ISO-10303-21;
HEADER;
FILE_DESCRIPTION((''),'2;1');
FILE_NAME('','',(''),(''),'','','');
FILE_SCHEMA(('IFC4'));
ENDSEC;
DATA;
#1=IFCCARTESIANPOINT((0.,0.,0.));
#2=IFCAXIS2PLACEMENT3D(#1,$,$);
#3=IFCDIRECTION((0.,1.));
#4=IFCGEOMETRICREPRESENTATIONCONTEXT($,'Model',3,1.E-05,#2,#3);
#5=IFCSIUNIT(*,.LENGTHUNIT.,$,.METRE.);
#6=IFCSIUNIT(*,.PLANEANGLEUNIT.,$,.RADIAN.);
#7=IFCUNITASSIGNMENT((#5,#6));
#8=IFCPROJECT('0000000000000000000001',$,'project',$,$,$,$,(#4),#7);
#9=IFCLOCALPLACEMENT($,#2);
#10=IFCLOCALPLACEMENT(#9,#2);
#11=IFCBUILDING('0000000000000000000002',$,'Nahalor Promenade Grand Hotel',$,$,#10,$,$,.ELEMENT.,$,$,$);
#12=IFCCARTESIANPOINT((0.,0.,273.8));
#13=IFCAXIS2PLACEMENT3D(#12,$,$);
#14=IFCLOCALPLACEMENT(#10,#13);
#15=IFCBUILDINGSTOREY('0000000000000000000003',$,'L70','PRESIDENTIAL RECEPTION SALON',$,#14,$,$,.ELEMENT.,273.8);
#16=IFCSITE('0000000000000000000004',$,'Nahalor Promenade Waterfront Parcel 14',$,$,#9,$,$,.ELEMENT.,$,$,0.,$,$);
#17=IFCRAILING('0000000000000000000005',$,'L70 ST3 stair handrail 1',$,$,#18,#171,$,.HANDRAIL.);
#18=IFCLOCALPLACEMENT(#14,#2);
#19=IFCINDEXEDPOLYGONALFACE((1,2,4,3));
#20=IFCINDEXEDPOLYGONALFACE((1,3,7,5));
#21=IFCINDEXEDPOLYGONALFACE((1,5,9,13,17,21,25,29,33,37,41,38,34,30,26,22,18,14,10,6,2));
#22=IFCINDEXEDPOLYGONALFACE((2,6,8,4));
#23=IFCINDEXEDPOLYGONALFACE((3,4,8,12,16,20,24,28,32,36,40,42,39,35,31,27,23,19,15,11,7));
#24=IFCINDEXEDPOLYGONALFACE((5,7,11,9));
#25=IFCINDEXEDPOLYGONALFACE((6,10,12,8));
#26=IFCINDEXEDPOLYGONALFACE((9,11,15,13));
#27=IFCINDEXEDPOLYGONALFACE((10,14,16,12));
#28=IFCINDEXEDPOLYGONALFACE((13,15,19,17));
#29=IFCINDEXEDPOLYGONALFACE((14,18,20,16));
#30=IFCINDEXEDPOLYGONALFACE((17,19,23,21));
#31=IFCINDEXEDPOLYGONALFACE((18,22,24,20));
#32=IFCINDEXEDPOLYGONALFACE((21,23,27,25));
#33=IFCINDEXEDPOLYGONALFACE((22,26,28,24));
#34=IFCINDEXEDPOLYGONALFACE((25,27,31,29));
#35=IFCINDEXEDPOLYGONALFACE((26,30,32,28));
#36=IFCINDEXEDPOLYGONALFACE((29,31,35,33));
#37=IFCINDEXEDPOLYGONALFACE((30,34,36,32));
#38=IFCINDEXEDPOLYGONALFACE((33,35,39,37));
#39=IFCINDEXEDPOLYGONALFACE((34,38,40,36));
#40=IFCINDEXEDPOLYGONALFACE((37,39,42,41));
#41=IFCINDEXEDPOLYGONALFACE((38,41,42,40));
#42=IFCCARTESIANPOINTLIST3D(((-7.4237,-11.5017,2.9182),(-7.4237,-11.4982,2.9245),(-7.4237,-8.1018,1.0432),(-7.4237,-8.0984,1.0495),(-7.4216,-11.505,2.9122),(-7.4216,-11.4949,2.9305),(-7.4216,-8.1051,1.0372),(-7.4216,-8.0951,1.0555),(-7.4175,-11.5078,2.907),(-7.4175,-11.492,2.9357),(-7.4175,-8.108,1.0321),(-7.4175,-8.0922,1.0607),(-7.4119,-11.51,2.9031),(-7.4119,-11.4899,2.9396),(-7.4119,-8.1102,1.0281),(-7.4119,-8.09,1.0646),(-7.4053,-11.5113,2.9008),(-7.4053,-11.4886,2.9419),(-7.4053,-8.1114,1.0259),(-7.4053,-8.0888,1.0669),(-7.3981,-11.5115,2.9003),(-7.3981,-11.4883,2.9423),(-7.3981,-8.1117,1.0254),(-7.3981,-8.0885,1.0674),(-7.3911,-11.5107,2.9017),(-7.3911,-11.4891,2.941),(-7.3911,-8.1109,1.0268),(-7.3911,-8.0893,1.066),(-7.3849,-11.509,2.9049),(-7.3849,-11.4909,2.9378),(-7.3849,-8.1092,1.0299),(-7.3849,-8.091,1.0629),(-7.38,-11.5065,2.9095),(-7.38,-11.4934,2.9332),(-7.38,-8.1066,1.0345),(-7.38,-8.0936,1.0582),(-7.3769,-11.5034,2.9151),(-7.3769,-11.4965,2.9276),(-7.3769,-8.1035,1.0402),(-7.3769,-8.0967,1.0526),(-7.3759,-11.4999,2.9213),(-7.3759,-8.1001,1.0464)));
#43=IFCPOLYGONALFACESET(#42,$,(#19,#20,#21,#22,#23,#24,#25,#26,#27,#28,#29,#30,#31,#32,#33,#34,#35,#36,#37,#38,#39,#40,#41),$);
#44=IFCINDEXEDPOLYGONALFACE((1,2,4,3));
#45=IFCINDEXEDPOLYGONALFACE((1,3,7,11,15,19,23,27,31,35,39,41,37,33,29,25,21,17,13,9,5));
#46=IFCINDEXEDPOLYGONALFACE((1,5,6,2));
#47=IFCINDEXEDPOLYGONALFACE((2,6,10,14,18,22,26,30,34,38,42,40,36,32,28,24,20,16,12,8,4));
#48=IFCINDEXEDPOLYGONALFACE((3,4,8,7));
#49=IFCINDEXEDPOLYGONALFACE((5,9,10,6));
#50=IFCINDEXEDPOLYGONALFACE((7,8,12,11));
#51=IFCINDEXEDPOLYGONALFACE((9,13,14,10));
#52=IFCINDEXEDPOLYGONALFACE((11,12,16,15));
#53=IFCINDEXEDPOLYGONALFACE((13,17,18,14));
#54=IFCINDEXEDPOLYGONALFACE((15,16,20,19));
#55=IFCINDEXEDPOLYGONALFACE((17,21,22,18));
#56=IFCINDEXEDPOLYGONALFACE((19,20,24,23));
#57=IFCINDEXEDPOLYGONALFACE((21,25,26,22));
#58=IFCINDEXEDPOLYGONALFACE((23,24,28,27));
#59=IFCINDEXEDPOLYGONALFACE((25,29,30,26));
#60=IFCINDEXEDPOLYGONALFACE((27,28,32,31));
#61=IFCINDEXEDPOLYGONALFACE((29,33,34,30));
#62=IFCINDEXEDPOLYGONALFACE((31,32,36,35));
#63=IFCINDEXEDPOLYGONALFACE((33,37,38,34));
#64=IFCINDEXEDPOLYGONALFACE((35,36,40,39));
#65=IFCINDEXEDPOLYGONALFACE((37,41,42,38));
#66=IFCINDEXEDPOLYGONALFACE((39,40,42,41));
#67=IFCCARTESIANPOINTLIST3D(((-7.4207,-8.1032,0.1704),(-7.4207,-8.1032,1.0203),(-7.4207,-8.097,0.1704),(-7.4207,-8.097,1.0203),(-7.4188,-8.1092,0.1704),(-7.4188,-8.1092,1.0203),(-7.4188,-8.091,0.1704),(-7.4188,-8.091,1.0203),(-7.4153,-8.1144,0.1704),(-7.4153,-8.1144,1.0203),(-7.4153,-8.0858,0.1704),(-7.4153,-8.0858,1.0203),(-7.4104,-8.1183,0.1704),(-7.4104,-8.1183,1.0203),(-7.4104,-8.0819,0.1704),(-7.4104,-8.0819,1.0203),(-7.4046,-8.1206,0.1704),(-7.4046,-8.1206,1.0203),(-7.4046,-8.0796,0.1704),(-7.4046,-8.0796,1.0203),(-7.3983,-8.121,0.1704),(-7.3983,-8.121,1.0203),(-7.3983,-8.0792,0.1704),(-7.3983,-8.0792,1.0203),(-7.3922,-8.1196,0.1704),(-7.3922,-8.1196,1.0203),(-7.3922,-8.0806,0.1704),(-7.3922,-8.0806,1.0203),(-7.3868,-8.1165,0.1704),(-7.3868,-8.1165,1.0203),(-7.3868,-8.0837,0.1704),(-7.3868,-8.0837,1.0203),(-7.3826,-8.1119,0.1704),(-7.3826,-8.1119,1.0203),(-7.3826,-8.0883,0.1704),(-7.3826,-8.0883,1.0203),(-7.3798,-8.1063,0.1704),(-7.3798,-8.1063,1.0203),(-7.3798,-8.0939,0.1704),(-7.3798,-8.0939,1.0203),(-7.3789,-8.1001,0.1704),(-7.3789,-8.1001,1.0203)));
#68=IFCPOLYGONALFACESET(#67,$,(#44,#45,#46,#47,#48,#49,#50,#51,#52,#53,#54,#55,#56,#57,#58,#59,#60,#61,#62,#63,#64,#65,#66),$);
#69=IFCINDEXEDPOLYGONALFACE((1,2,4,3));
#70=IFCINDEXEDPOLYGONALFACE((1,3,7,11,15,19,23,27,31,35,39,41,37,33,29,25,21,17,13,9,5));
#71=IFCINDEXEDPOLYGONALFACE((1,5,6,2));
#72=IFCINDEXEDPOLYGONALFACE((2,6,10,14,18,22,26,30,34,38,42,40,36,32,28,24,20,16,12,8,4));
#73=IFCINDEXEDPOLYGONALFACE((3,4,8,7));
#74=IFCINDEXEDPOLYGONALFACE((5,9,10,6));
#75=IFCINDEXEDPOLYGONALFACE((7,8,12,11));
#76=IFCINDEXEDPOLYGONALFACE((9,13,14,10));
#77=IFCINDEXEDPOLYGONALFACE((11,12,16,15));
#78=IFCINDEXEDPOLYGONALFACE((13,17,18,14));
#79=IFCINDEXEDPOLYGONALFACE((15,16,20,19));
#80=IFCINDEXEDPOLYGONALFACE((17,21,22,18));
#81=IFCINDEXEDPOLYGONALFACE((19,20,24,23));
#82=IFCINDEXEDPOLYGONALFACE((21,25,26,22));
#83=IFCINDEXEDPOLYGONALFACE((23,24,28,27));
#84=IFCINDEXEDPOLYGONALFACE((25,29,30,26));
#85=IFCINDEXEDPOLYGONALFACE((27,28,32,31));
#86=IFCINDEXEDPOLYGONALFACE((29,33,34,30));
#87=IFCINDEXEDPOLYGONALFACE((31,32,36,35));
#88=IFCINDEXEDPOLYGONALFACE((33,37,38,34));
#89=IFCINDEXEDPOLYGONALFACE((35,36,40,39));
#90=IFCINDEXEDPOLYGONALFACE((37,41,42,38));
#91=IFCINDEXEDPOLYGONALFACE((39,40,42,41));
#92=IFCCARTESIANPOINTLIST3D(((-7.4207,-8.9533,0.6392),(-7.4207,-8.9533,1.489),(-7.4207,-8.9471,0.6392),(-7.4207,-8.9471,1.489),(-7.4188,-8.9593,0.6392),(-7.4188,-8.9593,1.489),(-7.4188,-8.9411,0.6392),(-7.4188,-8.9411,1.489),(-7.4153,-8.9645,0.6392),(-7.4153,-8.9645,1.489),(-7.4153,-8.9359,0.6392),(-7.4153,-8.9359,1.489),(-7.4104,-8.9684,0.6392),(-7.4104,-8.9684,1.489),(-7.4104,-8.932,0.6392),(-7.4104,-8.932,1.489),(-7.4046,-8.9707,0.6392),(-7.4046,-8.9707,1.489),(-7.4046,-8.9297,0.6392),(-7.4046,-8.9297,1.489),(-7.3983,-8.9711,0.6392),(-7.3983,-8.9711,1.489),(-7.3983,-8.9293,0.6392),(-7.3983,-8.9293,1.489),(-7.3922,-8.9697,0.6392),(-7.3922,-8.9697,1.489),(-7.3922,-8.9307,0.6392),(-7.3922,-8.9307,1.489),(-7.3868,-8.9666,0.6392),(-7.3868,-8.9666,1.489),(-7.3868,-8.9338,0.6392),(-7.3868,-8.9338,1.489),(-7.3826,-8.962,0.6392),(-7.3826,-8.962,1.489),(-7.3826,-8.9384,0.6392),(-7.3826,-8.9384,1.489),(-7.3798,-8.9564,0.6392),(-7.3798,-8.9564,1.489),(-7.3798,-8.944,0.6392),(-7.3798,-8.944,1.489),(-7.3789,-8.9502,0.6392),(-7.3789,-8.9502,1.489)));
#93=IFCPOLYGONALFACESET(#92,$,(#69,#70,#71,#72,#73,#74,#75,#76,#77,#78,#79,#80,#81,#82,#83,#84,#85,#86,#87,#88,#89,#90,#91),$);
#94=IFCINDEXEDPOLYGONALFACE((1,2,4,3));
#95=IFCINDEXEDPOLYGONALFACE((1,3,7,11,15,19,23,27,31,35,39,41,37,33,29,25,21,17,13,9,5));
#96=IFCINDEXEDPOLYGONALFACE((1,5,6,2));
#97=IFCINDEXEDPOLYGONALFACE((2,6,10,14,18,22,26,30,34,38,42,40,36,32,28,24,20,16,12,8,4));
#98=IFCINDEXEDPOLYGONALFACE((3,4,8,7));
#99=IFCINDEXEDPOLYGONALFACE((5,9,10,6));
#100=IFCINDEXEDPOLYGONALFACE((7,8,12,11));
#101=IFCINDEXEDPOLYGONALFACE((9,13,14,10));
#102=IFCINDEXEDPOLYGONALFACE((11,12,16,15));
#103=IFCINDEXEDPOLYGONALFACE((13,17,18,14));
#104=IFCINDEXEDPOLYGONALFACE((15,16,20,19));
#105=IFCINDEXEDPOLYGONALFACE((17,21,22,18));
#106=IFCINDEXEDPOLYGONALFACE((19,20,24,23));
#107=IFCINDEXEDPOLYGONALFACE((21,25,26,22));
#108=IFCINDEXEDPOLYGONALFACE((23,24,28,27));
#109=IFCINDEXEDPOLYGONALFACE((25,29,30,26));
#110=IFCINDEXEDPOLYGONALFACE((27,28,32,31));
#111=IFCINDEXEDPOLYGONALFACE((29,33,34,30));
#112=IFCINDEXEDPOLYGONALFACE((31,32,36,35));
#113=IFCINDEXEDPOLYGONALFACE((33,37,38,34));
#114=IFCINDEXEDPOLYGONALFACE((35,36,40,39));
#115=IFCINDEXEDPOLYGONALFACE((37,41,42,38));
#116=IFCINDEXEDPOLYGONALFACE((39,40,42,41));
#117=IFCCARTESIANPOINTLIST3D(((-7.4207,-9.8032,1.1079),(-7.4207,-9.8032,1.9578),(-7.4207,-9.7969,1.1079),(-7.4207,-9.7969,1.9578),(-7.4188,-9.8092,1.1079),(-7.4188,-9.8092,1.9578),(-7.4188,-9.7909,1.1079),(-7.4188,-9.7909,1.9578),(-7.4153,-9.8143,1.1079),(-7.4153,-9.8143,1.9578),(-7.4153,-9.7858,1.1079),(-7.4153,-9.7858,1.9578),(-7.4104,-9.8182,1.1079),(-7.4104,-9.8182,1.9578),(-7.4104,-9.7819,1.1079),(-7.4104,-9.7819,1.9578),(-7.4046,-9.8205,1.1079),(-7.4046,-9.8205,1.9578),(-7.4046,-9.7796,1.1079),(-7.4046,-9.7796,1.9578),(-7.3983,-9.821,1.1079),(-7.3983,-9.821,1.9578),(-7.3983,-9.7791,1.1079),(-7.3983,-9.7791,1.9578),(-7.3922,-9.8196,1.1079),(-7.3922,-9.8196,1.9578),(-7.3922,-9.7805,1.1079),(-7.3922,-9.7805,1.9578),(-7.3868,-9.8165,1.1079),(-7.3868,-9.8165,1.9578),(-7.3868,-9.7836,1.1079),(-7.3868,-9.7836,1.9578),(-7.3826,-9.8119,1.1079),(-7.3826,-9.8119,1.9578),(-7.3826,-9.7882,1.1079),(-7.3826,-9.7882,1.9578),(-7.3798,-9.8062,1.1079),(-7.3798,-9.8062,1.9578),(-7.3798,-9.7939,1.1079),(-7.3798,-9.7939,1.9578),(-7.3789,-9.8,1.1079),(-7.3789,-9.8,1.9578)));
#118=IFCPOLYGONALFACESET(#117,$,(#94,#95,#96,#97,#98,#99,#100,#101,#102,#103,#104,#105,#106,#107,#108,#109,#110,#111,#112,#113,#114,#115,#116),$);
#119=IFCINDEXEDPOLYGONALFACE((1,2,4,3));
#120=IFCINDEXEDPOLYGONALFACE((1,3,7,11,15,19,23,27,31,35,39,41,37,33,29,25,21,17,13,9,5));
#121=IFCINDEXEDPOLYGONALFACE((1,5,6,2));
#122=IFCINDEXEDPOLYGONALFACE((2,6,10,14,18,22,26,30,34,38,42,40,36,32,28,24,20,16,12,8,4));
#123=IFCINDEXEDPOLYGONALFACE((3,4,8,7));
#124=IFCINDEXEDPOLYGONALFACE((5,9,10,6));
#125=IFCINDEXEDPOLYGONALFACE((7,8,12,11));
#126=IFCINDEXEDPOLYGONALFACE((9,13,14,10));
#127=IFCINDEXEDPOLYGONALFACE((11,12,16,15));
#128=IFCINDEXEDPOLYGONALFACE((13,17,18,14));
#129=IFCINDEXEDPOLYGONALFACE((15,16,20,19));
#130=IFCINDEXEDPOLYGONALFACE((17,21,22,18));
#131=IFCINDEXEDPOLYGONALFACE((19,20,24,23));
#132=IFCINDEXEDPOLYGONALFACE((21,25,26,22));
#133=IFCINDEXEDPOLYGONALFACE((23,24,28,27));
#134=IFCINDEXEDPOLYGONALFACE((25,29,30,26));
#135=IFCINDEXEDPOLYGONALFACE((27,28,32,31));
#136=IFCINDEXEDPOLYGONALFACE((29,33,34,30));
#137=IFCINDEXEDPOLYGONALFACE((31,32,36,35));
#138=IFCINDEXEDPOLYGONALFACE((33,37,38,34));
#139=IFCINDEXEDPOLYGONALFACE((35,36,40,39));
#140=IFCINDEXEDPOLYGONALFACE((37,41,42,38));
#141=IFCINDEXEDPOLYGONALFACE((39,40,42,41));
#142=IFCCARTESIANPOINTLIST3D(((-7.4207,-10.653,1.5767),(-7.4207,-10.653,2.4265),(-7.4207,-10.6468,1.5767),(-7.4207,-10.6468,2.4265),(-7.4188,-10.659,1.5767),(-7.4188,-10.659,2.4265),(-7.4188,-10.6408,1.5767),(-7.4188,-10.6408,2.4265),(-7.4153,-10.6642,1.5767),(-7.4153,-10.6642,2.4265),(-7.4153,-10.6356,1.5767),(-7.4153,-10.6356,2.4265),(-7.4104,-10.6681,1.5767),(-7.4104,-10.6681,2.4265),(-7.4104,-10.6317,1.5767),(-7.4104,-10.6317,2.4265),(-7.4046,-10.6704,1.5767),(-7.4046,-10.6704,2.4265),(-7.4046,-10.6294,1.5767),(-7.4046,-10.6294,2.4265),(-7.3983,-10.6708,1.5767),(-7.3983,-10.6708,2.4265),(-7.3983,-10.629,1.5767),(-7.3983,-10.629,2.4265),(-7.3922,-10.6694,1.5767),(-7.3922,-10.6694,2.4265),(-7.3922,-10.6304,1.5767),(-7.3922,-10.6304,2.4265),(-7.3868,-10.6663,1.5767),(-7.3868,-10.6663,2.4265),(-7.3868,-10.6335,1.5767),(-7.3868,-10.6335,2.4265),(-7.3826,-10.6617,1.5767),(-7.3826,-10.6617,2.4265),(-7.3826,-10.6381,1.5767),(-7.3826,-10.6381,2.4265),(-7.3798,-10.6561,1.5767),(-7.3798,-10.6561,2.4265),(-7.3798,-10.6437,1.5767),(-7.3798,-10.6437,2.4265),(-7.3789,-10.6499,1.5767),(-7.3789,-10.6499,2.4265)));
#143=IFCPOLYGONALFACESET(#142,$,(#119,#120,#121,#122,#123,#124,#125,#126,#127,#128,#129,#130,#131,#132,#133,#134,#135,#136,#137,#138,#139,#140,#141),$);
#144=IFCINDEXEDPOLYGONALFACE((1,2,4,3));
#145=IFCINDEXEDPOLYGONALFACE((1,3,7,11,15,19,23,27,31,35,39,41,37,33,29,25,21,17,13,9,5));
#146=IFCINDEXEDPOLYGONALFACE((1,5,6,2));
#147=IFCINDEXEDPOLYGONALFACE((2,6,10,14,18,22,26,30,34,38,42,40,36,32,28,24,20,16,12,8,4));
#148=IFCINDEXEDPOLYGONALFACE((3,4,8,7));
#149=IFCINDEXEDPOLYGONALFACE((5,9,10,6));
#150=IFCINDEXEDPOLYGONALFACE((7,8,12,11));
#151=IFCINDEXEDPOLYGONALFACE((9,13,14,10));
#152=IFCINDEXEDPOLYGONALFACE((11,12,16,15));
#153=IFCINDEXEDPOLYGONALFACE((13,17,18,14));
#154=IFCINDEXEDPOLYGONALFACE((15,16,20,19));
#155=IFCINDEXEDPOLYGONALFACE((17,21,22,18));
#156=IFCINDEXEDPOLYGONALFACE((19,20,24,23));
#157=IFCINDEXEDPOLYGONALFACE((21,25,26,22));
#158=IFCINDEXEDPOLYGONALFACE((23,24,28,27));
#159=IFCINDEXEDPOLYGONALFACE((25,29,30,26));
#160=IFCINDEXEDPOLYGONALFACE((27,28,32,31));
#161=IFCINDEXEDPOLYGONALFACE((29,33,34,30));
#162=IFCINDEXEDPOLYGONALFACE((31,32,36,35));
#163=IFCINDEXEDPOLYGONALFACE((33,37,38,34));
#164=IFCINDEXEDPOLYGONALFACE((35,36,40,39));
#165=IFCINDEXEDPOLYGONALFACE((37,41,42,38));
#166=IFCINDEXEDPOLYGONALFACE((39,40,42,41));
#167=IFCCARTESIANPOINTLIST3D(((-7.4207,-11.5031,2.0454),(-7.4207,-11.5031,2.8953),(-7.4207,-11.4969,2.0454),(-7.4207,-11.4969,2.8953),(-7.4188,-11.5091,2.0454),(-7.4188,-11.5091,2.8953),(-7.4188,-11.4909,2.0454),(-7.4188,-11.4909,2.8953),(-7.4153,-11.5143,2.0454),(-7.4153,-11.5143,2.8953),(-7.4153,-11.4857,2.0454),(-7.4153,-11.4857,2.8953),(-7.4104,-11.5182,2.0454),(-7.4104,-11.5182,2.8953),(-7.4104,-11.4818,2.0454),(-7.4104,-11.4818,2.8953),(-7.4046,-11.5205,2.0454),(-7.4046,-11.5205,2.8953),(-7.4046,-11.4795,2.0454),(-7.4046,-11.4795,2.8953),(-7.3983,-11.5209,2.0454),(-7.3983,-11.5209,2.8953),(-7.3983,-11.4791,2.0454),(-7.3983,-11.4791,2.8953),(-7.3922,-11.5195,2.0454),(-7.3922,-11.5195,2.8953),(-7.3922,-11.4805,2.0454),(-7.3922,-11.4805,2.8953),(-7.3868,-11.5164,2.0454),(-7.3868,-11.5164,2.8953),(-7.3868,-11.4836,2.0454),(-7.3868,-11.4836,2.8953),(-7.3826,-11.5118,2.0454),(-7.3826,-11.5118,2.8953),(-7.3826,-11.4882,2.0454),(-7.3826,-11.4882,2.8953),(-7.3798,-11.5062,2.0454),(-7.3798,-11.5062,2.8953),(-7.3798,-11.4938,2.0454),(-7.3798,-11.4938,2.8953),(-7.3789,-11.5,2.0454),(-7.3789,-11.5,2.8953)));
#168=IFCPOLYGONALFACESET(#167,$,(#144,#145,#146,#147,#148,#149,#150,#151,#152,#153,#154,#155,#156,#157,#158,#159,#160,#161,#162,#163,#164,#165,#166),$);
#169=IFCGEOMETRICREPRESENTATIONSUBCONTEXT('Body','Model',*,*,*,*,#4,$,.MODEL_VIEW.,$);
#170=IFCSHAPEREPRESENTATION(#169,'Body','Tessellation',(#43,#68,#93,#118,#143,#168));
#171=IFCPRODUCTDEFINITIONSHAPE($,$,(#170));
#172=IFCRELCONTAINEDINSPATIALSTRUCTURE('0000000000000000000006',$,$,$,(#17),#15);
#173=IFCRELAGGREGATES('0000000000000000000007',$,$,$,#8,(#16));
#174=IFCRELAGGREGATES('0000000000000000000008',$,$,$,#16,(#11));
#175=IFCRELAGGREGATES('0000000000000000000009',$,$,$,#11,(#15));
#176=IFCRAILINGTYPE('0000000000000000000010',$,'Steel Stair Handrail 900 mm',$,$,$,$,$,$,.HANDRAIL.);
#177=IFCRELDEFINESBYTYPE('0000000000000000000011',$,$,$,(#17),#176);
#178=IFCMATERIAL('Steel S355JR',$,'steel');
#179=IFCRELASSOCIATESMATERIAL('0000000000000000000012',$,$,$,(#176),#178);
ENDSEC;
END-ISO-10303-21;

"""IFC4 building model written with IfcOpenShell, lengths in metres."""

from ifc_helpers import new_model, si_unit, direction, frame, origin, origin_2d, place, context, subcontext, project, spatial, circle, extrude, material, type_object, element, save


model = new_model("IFC4")

# Units and contexts
model_context = context("Model", 3, precision=1e-05, world=origin(), true_north=direction((0.0, 1.0)))
body_context = subcontext(model_context, "Body", "Model", "MODEL_VIEW")
ifc_project = project(units=[si_unit("LENGTHUNIT", "METRE"), si_unit("PLANEANGLEUNIT", "RADIAN")], contexts=[model_context])

# Site, building, storey
site_placement = place(None, origin())
site = spatial("IfcSite", under=ifc_project, at=site_placement, Name="Nahalor Promenade Waterfront Parcel 14", CompositionType="ELEMENT", RefElevation=0.0)
building_placement = place(site_placement, origin())
building = spatial("IfcBuilding", under=site, at=building_placement, Name="Nahalor Promenade Grand Hotel", CompositionType="ELEMENT")
storey_placement = place(building_placement, frame((0.0, 0.0, 273.8)))
storey = spatial("IfcBuildingStorey", under=building, at=storey_placement, Name="L70", Description="PRESIDENTIAL RECEPTION SALON", CompositionType="ELEMENT", Elevation=273.8)

# Shared definitions
ifc_material_1 = material(Name="Steel S355JR", Category="steel")

# Railing
railing_type_1 = type_object("IfcRailingType", Name="Steel Stair Handrail 900 mm", PredefinedType="HANDRAIL", material=ifc_material_1)
railing_1_placement = place(storey_placement, frame((-7.3999, -8.1001, 0.1704)))
element("IfcRailing", 1, at=railing_1_placement, inside=storey, type_object=railing_type_1, Name="L70 ST3 stair handrail 1", PredefinedType="HANDRAIL", context=body_context, shape_type="SweptSolid", body=[
    extrude(circle(Radius=0.024, at=origin_2d()), frame((0.0, 0.0, 0.876), z_axis=(0.0, -0.875666, 0.482918), x_axis=(1.0, 0.0, 0.0)), (0.0, 0.0, 1.0), 3.8826),
    extrude(circle(Radius=0.021, at=origin_2d()), origin(), (0.0, 0.0, 1.0), 0.8499),
    extrude(circle(Radius=0.021, at=origin_2d()), frame((0.0, -0.8501, 0.4688)), (0.0, 0.0, 1.0), 0.8499),
    extrude(circle(Radius=0.021, at=origin_2d()), frame((0.0, -1.7, 0.9375)), (0.0, 0.0, 1.0), 0.8499),
    extrude(circle(Radius=0.021, at=origin_2d()), frame((0.0, -2.5498, 1.4062)), (0.0, 0.0, 1.0), 0.8499),
    extrude(circle(Radius=0.021, at=origin_2d()), frame((0.0, -3.3999, 1.875)), (0.0, 0.0, 1.0), 0.8499),
])

save(model, "model.ifc")
